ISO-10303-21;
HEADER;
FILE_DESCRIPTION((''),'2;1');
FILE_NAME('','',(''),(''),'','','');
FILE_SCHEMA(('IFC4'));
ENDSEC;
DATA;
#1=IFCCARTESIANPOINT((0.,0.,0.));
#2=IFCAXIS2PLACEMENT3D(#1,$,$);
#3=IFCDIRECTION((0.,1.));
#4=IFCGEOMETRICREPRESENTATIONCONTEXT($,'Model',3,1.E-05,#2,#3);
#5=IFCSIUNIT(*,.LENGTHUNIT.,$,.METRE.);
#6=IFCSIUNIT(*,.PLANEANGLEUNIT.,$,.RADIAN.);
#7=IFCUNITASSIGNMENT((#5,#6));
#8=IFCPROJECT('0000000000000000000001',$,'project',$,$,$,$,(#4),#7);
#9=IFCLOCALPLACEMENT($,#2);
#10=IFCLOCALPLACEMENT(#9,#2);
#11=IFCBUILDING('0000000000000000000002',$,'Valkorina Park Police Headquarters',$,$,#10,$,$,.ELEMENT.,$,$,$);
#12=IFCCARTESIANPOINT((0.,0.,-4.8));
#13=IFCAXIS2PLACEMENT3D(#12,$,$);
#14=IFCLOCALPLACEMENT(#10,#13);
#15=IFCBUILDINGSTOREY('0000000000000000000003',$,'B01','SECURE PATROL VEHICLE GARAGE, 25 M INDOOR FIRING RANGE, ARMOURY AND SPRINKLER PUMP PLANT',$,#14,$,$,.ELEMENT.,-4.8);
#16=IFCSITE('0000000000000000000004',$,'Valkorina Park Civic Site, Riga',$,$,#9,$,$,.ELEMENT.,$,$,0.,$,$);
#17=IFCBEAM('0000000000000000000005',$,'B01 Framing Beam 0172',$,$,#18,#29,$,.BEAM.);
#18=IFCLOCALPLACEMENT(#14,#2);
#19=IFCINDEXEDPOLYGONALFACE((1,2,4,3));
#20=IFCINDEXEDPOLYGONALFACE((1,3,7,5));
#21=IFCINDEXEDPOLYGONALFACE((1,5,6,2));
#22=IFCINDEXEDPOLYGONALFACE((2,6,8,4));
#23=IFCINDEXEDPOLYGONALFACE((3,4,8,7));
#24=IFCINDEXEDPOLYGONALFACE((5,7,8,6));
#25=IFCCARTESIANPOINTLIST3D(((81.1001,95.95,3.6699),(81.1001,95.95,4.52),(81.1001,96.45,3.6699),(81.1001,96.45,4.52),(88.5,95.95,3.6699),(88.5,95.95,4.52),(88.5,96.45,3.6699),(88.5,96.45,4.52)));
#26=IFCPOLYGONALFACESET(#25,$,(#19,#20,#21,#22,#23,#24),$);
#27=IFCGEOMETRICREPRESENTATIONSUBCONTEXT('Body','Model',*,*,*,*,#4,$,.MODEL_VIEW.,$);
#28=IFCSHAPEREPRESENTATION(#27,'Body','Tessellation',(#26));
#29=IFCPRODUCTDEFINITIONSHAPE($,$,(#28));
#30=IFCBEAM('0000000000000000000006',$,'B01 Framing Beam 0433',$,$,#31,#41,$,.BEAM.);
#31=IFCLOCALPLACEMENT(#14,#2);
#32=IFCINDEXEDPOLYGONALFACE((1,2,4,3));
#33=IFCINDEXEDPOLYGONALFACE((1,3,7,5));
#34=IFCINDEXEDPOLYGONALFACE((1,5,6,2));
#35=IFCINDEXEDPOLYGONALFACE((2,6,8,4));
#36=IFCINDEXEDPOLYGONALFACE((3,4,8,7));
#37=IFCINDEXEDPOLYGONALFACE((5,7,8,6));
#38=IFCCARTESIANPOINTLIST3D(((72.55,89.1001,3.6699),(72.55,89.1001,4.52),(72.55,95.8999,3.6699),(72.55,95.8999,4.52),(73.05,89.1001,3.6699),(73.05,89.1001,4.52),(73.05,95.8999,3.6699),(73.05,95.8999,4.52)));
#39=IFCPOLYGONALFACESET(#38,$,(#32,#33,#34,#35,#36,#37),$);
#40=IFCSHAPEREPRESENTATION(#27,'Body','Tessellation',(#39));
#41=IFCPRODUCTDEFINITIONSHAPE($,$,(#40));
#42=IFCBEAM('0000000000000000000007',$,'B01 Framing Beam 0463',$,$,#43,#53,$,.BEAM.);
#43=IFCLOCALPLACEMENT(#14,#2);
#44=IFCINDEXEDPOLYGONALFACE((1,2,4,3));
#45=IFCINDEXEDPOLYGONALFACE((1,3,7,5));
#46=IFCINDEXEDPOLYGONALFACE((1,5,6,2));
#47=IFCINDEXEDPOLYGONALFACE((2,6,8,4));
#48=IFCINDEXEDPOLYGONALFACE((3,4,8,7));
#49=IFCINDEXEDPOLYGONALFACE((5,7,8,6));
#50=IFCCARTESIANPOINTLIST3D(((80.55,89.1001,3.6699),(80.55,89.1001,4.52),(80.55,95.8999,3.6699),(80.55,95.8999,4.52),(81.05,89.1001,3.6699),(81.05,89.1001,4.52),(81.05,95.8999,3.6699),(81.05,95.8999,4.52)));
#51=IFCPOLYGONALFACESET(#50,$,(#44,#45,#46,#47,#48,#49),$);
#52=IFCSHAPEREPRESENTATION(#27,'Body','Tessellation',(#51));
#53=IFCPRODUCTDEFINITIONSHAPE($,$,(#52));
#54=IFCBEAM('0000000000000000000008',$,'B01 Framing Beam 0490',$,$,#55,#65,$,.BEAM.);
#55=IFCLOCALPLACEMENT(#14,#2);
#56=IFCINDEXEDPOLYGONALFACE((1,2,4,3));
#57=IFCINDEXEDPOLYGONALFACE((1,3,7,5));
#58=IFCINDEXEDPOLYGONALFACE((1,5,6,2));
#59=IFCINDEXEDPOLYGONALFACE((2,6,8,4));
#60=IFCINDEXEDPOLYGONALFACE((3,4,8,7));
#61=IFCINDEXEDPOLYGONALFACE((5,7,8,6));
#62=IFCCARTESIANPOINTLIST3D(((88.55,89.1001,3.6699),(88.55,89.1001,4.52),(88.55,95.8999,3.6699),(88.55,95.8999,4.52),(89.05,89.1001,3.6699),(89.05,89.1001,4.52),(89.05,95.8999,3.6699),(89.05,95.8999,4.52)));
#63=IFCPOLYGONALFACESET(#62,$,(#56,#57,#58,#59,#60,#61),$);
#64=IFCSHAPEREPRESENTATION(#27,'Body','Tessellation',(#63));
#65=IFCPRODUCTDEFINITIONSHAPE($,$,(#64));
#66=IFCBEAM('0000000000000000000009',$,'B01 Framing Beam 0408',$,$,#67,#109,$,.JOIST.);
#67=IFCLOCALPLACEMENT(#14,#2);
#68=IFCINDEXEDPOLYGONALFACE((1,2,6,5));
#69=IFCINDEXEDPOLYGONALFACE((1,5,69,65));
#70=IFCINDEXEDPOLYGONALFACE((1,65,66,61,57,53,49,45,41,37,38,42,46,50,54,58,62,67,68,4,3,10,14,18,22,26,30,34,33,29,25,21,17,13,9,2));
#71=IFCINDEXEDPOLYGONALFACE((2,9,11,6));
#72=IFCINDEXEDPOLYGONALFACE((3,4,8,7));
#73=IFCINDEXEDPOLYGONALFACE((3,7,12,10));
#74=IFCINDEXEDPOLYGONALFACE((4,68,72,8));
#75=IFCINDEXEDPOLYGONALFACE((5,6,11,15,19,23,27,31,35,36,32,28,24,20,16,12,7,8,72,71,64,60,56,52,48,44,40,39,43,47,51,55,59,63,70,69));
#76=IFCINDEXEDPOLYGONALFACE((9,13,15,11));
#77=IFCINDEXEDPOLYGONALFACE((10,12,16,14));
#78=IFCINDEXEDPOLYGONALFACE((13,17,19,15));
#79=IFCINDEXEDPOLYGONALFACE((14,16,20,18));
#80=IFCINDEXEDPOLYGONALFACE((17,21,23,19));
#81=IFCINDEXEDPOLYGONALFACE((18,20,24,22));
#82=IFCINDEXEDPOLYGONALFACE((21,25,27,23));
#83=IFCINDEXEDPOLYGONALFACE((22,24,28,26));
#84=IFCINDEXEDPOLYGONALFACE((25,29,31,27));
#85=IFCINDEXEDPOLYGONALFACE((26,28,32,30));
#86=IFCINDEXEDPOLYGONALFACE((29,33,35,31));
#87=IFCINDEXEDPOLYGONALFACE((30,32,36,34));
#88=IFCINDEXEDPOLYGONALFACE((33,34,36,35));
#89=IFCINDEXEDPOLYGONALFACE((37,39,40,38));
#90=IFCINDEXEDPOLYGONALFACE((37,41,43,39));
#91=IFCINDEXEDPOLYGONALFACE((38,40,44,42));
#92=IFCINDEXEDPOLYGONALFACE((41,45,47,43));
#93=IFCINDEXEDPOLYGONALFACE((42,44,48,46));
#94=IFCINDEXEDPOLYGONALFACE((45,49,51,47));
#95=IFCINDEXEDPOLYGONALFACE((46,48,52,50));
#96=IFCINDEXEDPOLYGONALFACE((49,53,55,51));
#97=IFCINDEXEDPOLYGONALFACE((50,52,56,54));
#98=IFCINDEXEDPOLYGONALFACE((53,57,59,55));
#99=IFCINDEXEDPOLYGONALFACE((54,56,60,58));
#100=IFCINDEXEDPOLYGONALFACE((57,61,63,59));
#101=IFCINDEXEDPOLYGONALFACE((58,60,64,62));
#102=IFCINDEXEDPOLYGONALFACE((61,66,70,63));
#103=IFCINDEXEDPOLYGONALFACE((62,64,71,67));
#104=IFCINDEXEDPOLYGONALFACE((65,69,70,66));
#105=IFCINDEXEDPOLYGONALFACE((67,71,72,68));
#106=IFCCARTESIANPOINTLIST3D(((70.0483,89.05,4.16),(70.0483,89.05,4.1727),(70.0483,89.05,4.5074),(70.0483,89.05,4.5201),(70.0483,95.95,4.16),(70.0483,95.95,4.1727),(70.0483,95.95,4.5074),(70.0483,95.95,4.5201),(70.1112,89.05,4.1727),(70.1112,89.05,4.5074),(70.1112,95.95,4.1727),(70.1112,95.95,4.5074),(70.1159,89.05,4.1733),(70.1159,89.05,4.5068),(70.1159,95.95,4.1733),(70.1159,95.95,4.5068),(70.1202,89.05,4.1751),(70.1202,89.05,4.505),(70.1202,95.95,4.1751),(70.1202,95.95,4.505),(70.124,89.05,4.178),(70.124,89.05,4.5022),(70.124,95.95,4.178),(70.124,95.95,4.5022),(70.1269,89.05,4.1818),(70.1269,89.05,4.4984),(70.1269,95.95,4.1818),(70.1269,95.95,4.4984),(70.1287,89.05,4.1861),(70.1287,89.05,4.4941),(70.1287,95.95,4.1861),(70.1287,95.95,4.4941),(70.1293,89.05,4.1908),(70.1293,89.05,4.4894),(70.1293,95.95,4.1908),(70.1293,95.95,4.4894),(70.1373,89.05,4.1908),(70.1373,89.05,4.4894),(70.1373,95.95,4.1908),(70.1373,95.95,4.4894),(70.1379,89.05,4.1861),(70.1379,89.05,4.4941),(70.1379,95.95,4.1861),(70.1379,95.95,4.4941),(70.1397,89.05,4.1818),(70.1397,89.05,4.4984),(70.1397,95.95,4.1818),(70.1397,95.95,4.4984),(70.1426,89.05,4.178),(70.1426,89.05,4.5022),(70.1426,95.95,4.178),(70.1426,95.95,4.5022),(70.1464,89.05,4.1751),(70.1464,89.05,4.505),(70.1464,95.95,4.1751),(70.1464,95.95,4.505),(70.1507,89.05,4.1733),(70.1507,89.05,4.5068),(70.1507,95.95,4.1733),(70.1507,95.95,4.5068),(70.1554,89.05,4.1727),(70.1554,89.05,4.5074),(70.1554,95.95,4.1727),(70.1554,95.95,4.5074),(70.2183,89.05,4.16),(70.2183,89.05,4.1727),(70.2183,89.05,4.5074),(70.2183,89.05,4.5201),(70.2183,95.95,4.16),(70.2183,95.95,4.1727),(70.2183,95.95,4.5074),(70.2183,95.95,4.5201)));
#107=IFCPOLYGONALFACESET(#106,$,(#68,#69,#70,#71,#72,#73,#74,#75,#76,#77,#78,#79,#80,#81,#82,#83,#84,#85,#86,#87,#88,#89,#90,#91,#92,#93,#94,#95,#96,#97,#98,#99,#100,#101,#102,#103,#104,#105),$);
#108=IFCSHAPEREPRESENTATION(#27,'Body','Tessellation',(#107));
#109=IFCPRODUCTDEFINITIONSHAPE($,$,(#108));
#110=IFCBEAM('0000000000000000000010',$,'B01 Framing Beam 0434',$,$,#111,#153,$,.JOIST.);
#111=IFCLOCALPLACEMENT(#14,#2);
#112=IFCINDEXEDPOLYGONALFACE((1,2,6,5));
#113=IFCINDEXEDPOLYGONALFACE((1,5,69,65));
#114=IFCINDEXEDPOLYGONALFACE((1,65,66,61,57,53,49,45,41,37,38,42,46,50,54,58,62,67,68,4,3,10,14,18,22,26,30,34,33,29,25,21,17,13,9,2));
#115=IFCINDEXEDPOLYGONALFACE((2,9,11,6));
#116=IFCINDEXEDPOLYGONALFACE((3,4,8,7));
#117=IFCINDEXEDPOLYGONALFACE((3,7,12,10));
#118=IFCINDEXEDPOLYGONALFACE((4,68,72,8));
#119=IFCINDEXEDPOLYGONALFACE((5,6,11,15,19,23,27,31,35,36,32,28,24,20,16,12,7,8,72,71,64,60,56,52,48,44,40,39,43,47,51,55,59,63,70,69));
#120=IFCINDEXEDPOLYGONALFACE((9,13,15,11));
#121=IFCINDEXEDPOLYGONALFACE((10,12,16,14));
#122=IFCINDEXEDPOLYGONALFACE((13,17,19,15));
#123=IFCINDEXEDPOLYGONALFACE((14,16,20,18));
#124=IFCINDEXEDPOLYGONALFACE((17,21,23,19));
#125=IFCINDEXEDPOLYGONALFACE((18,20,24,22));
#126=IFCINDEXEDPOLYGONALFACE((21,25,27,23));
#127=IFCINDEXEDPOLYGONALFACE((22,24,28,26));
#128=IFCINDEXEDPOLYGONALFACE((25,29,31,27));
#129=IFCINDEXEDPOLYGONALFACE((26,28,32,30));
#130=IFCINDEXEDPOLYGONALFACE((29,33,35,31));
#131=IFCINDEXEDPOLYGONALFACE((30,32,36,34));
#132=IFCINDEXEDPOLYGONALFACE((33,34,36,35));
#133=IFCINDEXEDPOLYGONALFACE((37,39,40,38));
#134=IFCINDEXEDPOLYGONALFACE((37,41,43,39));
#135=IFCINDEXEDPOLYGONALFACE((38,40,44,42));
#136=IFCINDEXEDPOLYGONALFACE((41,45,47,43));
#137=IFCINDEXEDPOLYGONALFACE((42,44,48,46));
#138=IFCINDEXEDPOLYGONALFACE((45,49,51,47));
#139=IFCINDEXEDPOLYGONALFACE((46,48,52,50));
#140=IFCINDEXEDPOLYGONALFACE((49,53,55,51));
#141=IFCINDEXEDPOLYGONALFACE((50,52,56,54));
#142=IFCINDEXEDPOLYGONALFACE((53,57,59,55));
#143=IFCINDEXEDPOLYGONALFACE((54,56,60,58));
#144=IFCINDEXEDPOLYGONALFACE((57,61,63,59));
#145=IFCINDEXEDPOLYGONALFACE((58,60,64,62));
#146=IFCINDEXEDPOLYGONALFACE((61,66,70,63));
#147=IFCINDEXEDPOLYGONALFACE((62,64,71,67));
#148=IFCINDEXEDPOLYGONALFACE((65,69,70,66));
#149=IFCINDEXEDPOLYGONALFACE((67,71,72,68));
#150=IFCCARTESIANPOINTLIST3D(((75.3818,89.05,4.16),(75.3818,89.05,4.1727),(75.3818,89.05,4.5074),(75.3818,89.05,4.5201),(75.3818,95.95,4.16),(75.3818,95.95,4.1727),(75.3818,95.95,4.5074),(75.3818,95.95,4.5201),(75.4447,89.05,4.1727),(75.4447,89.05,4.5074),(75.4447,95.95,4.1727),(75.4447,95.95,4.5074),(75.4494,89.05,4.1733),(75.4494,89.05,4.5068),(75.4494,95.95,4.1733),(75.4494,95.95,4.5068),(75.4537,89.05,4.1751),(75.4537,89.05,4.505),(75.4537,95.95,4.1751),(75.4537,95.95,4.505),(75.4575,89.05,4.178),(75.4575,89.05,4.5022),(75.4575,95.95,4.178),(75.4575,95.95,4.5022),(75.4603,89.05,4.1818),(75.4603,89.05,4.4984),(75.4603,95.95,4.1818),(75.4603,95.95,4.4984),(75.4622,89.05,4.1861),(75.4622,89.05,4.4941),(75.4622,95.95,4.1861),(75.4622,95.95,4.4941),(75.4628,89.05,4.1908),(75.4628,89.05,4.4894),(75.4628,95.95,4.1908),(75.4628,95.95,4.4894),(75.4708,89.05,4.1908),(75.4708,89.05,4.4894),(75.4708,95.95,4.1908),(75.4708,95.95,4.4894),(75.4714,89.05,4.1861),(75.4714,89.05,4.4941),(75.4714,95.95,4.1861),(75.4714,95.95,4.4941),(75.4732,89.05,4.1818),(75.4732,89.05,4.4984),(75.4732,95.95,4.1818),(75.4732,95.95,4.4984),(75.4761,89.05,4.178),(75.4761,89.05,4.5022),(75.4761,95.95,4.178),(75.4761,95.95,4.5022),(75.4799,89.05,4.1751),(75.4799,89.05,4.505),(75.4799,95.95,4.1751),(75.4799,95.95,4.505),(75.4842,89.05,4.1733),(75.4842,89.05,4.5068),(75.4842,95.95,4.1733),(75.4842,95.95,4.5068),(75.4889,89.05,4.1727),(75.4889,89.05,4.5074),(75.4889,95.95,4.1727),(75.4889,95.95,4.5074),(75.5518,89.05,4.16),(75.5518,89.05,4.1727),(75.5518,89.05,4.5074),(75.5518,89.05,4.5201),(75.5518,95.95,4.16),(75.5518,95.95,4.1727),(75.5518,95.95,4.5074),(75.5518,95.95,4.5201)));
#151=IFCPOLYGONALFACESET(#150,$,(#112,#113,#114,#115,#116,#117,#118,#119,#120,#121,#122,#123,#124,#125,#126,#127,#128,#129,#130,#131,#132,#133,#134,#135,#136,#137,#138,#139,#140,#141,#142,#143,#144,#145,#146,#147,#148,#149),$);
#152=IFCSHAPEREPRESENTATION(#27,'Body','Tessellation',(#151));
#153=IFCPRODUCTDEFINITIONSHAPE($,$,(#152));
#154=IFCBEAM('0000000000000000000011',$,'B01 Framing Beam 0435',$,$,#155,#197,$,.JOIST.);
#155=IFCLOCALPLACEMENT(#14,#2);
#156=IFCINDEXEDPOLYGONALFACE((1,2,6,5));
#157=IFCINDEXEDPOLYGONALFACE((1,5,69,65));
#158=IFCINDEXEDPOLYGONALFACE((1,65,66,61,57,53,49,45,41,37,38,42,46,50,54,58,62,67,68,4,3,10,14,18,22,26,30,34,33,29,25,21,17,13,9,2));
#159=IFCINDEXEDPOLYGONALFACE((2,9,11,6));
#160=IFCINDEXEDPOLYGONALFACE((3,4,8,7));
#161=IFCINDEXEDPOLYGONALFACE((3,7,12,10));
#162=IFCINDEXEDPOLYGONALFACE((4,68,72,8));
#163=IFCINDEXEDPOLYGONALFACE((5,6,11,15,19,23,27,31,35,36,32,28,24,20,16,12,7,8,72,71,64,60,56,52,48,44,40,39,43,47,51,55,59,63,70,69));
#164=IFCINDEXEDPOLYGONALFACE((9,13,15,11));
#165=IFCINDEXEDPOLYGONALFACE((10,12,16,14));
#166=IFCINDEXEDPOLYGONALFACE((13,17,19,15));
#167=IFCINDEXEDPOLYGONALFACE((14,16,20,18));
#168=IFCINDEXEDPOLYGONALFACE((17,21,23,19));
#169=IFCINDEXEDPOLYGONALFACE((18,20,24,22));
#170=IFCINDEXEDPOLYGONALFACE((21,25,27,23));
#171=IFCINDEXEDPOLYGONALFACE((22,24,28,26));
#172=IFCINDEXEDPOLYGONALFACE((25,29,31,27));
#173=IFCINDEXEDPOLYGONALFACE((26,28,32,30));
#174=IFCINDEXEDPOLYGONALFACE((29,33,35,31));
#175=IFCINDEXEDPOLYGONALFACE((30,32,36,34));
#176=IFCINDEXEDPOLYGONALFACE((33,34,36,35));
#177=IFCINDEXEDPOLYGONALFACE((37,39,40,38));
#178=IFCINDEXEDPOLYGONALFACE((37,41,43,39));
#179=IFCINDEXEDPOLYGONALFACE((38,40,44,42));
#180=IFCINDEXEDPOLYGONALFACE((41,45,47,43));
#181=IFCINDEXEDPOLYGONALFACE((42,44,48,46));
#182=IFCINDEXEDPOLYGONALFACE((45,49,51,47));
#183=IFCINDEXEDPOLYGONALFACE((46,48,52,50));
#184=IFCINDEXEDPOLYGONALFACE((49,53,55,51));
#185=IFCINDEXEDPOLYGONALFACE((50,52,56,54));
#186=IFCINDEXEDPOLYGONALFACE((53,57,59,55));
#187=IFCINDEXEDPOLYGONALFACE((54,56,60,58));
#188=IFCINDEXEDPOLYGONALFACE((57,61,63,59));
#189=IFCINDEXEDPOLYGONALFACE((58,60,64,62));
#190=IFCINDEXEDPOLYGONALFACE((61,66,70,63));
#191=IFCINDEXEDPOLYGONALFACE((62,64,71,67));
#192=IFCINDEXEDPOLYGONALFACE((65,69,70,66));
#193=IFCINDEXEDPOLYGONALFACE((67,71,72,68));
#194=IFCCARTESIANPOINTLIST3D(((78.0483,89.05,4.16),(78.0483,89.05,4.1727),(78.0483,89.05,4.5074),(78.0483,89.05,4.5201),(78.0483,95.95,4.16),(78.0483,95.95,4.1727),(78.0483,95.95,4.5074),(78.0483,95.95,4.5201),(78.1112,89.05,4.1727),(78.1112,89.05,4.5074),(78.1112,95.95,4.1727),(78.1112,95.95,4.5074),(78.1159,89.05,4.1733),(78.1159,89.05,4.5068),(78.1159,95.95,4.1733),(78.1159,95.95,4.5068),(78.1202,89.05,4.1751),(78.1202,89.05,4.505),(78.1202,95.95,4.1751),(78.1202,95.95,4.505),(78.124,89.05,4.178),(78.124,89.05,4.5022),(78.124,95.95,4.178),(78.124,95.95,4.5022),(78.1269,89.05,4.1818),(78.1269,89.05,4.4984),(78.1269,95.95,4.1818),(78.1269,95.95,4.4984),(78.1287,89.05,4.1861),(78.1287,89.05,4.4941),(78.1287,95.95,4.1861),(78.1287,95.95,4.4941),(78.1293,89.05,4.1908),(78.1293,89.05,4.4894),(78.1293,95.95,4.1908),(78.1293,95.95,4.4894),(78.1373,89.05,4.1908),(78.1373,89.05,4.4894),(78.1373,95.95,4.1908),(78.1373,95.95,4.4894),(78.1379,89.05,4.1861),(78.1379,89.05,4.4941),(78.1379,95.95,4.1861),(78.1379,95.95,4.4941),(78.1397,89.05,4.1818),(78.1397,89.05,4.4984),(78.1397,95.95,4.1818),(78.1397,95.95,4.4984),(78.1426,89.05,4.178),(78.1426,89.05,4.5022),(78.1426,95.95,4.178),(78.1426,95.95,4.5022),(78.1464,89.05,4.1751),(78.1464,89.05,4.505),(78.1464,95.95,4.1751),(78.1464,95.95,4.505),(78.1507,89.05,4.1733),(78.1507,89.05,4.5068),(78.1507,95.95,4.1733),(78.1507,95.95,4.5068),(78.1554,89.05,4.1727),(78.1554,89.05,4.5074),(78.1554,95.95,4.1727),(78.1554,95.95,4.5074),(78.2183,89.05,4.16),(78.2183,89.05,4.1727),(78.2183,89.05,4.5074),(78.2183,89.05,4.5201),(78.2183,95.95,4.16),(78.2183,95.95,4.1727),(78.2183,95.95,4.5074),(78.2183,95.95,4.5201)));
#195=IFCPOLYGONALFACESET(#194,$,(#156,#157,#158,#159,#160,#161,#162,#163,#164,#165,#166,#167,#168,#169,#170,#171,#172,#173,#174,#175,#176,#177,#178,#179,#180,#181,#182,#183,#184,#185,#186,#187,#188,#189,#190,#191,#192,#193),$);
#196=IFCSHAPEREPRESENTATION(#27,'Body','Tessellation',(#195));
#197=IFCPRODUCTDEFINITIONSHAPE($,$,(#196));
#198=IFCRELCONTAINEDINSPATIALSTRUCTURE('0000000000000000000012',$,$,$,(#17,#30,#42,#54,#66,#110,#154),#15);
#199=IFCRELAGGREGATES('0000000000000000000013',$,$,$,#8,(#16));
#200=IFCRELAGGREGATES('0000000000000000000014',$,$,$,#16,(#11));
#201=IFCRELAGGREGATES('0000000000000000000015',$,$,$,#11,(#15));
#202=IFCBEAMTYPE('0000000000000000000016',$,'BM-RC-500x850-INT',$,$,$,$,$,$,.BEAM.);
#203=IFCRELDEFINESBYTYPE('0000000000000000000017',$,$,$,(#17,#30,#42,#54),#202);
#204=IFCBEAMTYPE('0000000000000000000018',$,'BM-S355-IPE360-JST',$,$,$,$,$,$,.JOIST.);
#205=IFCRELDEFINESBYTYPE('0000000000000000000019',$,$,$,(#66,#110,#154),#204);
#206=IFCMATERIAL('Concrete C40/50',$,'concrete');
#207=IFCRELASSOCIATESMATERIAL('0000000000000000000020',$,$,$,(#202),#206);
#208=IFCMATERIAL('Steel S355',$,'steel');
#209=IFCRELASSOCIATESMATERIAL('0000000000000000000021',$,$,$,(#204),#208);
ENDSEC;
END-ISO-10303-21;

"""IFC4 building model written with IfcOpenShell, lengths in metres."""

from ifc_helpers import new_model, si_unit, direction, frame, origin, origin_2d, place, context, subcontext, project, spatial, rectangle, i_section, extrude, material, material_profile, profile_set, type_object, element, save


model = new_model("IFC4")

# Units and contexts
model_context = context("Model", 3, precision=1e-05, world=origin(), true_north=direction((0.0, 1.0)))
body_context = subcontext(model_context, "Body", "Model", "MODEL_VIEW")
ifc_project = project(units=[si_unit("LENGTHUNIT", "METRE"), si_unit("PLANEANGLEUNIT", "RADIAN")], contexts=[model_context])

# Site, building, storey
site_placement = place(None, origin())
site = spatial("IfcSite", under=ifc_project, at=site_placement, Name="Valkorina Park Civic Site, Riga", CompositionType="ELEMENT", RefElevation=0.0)
building_placement = place(site_placement, origin())
building = spatial("IfcBuilding", under=site, at=building_placement, Name="Valkorina Park Police Headquarters", CompositionType="ELEMENT")
storey_placement = place(building_placement, frame((0.0, 0.0, -4.8)))
storey = spatial("IfcBuildingStorey", under=building, at=storey_placement, Name="B01", Description="SECURE PATROL VEHICLE GARAGE, 25 M INDOOR FIRING RANGE, ARMOURY AND SPRINKLER PUMP PLANT", CompositionType="ELEMENT", Elevation=-4.8)

# Shared definitions
ifc_material_1 = material(Name="Concrete C40/50", Category="concrete")

# Beams
ifc_material_profile_1 = material_profile(ifc_material_1, rectangle(XDim=0.5, YDim=0.8501, at=origin_2d()), Name="RC BEAM 500x850")
ifc_profile_set_1 = profile_set([ifc_material_profile_1], Name="Concrete C40/50")
beam_type_1 = type_object("IfcBeamType", Name="BM-RC-500x850-INT", PredefinedType="BEAM", material=ifc_profile_set_1)
for number, where, z_axis, x_axis, name in (
    (1, (81.1001, 96.2, 4.095), (1.0, 0.0, 0.0), (0.0, 1.0, 0.0), "B01 Framing Beam 0172"),
):
    element("IfcBeam", number, at=place(storey_placement, frame(where, z_axis=z_axis, x_axis=x_axis)), inside=storey, type_object=beam_type_1, Name=name, PredefinedType="BEAM", context=body_context, shape_type="SweptSolid", body=[
        extrude(rectangle(XDim=0.5, YDim=0.8501, at=origin_2d()), origin(), (0.0, 0.0, 1.0), 7.3999),
    ])
for number, where, z_axis, x_axis, name in (
    (2, (72.8, 89.1001, 4.095), (0.0, 1.0, 0.0), (-1.0, 0.0, 0.0), "B01 Framing Beam 0433"),
    (3, (80.8, 89.1001, 4.095), (0.0, 1.0, 0.0), (-1.0, 0.0, 0.0), "B01 Framing Beam 0463"),
    (4, (88.8, 89.1001, 4.095), (0.0, 1.0, 0.0), (-1.0, 0.0, 0.0), "B01 Framing Beam 0490"),
):
    element("IfcBeam", number, at=place(storey_placement, frame(where, z_axis=z_axis, x_axis=x_axis)), inside=storey, type_object=beam_type_1, Name=name, PredefinedType="BEAM", context=body_context, shape_type="SweptSolid", body=[
        extrude(rectangle(XDim=0.5, YDim=0.8501, at=origin_2d()), origin(), (0.0, 0.0, 1.0), 6.7998),
    ])
ifc_material_2 = material(Name="Steel S355", Category="steel")
ifc_material_profile_2 = material_profile(ifc_material_2, i_section(OverallWidth=0.1699, OverallDepth=0.3601, WebThickness=0.0081, FlangeThickness=0.0127, FilletRadius=0.0181, at=origin_2d()), Name="IPE 360")
ifc_profile_set_2 = profile_set([ifc_material_profile_2], Name="Steel S355")
beam_type_2 = type_object("IfcBeamType", Name="BM-S355-IPE360-JST", PredefinedType="JOIST", material=ifc_profile_set_2)
for number, where, z_axis, x_axis, name in (
    (5, (70.1333, 89.05, 4.3401), (0.0, 1.0, 0.0), (-1.0, 0.0, 0.0), "B01 Framing Beam 0408"),
    (6, (75.4668, 89.05, 4.3401), (0.0, 1.0, 0.0), (-1.0, 0.0, 0.0), "B01 Framing Beam 0434"),
    (7, (78.1333, 89.05, 4.3401), (0.0, 1.0, 0.0), (-1.0, 0.0, 0.0), "B01 Framing Beam 0435"),
):
    element("IfcBeam", number, at=place(storey_placement, frame(where, z_axis=z_axis, x_axis=x_axis)), inside=storey, type_object=beam_type_2, Name=name, PredefinedType="JOIST", context=body_context, shape_type="SweptSolid", body=[
        extrude(i_section(OverallWidth=0.1699, OverallDepth=0.3601, WebThickness=0.0081, FlangeThickness=0.0127, FilletRadius=0.0181, at=origin_2d()), origin(), (0.0, 0.0, 1.0), 6.8999),
    ])

save(model, "model.ifc")
